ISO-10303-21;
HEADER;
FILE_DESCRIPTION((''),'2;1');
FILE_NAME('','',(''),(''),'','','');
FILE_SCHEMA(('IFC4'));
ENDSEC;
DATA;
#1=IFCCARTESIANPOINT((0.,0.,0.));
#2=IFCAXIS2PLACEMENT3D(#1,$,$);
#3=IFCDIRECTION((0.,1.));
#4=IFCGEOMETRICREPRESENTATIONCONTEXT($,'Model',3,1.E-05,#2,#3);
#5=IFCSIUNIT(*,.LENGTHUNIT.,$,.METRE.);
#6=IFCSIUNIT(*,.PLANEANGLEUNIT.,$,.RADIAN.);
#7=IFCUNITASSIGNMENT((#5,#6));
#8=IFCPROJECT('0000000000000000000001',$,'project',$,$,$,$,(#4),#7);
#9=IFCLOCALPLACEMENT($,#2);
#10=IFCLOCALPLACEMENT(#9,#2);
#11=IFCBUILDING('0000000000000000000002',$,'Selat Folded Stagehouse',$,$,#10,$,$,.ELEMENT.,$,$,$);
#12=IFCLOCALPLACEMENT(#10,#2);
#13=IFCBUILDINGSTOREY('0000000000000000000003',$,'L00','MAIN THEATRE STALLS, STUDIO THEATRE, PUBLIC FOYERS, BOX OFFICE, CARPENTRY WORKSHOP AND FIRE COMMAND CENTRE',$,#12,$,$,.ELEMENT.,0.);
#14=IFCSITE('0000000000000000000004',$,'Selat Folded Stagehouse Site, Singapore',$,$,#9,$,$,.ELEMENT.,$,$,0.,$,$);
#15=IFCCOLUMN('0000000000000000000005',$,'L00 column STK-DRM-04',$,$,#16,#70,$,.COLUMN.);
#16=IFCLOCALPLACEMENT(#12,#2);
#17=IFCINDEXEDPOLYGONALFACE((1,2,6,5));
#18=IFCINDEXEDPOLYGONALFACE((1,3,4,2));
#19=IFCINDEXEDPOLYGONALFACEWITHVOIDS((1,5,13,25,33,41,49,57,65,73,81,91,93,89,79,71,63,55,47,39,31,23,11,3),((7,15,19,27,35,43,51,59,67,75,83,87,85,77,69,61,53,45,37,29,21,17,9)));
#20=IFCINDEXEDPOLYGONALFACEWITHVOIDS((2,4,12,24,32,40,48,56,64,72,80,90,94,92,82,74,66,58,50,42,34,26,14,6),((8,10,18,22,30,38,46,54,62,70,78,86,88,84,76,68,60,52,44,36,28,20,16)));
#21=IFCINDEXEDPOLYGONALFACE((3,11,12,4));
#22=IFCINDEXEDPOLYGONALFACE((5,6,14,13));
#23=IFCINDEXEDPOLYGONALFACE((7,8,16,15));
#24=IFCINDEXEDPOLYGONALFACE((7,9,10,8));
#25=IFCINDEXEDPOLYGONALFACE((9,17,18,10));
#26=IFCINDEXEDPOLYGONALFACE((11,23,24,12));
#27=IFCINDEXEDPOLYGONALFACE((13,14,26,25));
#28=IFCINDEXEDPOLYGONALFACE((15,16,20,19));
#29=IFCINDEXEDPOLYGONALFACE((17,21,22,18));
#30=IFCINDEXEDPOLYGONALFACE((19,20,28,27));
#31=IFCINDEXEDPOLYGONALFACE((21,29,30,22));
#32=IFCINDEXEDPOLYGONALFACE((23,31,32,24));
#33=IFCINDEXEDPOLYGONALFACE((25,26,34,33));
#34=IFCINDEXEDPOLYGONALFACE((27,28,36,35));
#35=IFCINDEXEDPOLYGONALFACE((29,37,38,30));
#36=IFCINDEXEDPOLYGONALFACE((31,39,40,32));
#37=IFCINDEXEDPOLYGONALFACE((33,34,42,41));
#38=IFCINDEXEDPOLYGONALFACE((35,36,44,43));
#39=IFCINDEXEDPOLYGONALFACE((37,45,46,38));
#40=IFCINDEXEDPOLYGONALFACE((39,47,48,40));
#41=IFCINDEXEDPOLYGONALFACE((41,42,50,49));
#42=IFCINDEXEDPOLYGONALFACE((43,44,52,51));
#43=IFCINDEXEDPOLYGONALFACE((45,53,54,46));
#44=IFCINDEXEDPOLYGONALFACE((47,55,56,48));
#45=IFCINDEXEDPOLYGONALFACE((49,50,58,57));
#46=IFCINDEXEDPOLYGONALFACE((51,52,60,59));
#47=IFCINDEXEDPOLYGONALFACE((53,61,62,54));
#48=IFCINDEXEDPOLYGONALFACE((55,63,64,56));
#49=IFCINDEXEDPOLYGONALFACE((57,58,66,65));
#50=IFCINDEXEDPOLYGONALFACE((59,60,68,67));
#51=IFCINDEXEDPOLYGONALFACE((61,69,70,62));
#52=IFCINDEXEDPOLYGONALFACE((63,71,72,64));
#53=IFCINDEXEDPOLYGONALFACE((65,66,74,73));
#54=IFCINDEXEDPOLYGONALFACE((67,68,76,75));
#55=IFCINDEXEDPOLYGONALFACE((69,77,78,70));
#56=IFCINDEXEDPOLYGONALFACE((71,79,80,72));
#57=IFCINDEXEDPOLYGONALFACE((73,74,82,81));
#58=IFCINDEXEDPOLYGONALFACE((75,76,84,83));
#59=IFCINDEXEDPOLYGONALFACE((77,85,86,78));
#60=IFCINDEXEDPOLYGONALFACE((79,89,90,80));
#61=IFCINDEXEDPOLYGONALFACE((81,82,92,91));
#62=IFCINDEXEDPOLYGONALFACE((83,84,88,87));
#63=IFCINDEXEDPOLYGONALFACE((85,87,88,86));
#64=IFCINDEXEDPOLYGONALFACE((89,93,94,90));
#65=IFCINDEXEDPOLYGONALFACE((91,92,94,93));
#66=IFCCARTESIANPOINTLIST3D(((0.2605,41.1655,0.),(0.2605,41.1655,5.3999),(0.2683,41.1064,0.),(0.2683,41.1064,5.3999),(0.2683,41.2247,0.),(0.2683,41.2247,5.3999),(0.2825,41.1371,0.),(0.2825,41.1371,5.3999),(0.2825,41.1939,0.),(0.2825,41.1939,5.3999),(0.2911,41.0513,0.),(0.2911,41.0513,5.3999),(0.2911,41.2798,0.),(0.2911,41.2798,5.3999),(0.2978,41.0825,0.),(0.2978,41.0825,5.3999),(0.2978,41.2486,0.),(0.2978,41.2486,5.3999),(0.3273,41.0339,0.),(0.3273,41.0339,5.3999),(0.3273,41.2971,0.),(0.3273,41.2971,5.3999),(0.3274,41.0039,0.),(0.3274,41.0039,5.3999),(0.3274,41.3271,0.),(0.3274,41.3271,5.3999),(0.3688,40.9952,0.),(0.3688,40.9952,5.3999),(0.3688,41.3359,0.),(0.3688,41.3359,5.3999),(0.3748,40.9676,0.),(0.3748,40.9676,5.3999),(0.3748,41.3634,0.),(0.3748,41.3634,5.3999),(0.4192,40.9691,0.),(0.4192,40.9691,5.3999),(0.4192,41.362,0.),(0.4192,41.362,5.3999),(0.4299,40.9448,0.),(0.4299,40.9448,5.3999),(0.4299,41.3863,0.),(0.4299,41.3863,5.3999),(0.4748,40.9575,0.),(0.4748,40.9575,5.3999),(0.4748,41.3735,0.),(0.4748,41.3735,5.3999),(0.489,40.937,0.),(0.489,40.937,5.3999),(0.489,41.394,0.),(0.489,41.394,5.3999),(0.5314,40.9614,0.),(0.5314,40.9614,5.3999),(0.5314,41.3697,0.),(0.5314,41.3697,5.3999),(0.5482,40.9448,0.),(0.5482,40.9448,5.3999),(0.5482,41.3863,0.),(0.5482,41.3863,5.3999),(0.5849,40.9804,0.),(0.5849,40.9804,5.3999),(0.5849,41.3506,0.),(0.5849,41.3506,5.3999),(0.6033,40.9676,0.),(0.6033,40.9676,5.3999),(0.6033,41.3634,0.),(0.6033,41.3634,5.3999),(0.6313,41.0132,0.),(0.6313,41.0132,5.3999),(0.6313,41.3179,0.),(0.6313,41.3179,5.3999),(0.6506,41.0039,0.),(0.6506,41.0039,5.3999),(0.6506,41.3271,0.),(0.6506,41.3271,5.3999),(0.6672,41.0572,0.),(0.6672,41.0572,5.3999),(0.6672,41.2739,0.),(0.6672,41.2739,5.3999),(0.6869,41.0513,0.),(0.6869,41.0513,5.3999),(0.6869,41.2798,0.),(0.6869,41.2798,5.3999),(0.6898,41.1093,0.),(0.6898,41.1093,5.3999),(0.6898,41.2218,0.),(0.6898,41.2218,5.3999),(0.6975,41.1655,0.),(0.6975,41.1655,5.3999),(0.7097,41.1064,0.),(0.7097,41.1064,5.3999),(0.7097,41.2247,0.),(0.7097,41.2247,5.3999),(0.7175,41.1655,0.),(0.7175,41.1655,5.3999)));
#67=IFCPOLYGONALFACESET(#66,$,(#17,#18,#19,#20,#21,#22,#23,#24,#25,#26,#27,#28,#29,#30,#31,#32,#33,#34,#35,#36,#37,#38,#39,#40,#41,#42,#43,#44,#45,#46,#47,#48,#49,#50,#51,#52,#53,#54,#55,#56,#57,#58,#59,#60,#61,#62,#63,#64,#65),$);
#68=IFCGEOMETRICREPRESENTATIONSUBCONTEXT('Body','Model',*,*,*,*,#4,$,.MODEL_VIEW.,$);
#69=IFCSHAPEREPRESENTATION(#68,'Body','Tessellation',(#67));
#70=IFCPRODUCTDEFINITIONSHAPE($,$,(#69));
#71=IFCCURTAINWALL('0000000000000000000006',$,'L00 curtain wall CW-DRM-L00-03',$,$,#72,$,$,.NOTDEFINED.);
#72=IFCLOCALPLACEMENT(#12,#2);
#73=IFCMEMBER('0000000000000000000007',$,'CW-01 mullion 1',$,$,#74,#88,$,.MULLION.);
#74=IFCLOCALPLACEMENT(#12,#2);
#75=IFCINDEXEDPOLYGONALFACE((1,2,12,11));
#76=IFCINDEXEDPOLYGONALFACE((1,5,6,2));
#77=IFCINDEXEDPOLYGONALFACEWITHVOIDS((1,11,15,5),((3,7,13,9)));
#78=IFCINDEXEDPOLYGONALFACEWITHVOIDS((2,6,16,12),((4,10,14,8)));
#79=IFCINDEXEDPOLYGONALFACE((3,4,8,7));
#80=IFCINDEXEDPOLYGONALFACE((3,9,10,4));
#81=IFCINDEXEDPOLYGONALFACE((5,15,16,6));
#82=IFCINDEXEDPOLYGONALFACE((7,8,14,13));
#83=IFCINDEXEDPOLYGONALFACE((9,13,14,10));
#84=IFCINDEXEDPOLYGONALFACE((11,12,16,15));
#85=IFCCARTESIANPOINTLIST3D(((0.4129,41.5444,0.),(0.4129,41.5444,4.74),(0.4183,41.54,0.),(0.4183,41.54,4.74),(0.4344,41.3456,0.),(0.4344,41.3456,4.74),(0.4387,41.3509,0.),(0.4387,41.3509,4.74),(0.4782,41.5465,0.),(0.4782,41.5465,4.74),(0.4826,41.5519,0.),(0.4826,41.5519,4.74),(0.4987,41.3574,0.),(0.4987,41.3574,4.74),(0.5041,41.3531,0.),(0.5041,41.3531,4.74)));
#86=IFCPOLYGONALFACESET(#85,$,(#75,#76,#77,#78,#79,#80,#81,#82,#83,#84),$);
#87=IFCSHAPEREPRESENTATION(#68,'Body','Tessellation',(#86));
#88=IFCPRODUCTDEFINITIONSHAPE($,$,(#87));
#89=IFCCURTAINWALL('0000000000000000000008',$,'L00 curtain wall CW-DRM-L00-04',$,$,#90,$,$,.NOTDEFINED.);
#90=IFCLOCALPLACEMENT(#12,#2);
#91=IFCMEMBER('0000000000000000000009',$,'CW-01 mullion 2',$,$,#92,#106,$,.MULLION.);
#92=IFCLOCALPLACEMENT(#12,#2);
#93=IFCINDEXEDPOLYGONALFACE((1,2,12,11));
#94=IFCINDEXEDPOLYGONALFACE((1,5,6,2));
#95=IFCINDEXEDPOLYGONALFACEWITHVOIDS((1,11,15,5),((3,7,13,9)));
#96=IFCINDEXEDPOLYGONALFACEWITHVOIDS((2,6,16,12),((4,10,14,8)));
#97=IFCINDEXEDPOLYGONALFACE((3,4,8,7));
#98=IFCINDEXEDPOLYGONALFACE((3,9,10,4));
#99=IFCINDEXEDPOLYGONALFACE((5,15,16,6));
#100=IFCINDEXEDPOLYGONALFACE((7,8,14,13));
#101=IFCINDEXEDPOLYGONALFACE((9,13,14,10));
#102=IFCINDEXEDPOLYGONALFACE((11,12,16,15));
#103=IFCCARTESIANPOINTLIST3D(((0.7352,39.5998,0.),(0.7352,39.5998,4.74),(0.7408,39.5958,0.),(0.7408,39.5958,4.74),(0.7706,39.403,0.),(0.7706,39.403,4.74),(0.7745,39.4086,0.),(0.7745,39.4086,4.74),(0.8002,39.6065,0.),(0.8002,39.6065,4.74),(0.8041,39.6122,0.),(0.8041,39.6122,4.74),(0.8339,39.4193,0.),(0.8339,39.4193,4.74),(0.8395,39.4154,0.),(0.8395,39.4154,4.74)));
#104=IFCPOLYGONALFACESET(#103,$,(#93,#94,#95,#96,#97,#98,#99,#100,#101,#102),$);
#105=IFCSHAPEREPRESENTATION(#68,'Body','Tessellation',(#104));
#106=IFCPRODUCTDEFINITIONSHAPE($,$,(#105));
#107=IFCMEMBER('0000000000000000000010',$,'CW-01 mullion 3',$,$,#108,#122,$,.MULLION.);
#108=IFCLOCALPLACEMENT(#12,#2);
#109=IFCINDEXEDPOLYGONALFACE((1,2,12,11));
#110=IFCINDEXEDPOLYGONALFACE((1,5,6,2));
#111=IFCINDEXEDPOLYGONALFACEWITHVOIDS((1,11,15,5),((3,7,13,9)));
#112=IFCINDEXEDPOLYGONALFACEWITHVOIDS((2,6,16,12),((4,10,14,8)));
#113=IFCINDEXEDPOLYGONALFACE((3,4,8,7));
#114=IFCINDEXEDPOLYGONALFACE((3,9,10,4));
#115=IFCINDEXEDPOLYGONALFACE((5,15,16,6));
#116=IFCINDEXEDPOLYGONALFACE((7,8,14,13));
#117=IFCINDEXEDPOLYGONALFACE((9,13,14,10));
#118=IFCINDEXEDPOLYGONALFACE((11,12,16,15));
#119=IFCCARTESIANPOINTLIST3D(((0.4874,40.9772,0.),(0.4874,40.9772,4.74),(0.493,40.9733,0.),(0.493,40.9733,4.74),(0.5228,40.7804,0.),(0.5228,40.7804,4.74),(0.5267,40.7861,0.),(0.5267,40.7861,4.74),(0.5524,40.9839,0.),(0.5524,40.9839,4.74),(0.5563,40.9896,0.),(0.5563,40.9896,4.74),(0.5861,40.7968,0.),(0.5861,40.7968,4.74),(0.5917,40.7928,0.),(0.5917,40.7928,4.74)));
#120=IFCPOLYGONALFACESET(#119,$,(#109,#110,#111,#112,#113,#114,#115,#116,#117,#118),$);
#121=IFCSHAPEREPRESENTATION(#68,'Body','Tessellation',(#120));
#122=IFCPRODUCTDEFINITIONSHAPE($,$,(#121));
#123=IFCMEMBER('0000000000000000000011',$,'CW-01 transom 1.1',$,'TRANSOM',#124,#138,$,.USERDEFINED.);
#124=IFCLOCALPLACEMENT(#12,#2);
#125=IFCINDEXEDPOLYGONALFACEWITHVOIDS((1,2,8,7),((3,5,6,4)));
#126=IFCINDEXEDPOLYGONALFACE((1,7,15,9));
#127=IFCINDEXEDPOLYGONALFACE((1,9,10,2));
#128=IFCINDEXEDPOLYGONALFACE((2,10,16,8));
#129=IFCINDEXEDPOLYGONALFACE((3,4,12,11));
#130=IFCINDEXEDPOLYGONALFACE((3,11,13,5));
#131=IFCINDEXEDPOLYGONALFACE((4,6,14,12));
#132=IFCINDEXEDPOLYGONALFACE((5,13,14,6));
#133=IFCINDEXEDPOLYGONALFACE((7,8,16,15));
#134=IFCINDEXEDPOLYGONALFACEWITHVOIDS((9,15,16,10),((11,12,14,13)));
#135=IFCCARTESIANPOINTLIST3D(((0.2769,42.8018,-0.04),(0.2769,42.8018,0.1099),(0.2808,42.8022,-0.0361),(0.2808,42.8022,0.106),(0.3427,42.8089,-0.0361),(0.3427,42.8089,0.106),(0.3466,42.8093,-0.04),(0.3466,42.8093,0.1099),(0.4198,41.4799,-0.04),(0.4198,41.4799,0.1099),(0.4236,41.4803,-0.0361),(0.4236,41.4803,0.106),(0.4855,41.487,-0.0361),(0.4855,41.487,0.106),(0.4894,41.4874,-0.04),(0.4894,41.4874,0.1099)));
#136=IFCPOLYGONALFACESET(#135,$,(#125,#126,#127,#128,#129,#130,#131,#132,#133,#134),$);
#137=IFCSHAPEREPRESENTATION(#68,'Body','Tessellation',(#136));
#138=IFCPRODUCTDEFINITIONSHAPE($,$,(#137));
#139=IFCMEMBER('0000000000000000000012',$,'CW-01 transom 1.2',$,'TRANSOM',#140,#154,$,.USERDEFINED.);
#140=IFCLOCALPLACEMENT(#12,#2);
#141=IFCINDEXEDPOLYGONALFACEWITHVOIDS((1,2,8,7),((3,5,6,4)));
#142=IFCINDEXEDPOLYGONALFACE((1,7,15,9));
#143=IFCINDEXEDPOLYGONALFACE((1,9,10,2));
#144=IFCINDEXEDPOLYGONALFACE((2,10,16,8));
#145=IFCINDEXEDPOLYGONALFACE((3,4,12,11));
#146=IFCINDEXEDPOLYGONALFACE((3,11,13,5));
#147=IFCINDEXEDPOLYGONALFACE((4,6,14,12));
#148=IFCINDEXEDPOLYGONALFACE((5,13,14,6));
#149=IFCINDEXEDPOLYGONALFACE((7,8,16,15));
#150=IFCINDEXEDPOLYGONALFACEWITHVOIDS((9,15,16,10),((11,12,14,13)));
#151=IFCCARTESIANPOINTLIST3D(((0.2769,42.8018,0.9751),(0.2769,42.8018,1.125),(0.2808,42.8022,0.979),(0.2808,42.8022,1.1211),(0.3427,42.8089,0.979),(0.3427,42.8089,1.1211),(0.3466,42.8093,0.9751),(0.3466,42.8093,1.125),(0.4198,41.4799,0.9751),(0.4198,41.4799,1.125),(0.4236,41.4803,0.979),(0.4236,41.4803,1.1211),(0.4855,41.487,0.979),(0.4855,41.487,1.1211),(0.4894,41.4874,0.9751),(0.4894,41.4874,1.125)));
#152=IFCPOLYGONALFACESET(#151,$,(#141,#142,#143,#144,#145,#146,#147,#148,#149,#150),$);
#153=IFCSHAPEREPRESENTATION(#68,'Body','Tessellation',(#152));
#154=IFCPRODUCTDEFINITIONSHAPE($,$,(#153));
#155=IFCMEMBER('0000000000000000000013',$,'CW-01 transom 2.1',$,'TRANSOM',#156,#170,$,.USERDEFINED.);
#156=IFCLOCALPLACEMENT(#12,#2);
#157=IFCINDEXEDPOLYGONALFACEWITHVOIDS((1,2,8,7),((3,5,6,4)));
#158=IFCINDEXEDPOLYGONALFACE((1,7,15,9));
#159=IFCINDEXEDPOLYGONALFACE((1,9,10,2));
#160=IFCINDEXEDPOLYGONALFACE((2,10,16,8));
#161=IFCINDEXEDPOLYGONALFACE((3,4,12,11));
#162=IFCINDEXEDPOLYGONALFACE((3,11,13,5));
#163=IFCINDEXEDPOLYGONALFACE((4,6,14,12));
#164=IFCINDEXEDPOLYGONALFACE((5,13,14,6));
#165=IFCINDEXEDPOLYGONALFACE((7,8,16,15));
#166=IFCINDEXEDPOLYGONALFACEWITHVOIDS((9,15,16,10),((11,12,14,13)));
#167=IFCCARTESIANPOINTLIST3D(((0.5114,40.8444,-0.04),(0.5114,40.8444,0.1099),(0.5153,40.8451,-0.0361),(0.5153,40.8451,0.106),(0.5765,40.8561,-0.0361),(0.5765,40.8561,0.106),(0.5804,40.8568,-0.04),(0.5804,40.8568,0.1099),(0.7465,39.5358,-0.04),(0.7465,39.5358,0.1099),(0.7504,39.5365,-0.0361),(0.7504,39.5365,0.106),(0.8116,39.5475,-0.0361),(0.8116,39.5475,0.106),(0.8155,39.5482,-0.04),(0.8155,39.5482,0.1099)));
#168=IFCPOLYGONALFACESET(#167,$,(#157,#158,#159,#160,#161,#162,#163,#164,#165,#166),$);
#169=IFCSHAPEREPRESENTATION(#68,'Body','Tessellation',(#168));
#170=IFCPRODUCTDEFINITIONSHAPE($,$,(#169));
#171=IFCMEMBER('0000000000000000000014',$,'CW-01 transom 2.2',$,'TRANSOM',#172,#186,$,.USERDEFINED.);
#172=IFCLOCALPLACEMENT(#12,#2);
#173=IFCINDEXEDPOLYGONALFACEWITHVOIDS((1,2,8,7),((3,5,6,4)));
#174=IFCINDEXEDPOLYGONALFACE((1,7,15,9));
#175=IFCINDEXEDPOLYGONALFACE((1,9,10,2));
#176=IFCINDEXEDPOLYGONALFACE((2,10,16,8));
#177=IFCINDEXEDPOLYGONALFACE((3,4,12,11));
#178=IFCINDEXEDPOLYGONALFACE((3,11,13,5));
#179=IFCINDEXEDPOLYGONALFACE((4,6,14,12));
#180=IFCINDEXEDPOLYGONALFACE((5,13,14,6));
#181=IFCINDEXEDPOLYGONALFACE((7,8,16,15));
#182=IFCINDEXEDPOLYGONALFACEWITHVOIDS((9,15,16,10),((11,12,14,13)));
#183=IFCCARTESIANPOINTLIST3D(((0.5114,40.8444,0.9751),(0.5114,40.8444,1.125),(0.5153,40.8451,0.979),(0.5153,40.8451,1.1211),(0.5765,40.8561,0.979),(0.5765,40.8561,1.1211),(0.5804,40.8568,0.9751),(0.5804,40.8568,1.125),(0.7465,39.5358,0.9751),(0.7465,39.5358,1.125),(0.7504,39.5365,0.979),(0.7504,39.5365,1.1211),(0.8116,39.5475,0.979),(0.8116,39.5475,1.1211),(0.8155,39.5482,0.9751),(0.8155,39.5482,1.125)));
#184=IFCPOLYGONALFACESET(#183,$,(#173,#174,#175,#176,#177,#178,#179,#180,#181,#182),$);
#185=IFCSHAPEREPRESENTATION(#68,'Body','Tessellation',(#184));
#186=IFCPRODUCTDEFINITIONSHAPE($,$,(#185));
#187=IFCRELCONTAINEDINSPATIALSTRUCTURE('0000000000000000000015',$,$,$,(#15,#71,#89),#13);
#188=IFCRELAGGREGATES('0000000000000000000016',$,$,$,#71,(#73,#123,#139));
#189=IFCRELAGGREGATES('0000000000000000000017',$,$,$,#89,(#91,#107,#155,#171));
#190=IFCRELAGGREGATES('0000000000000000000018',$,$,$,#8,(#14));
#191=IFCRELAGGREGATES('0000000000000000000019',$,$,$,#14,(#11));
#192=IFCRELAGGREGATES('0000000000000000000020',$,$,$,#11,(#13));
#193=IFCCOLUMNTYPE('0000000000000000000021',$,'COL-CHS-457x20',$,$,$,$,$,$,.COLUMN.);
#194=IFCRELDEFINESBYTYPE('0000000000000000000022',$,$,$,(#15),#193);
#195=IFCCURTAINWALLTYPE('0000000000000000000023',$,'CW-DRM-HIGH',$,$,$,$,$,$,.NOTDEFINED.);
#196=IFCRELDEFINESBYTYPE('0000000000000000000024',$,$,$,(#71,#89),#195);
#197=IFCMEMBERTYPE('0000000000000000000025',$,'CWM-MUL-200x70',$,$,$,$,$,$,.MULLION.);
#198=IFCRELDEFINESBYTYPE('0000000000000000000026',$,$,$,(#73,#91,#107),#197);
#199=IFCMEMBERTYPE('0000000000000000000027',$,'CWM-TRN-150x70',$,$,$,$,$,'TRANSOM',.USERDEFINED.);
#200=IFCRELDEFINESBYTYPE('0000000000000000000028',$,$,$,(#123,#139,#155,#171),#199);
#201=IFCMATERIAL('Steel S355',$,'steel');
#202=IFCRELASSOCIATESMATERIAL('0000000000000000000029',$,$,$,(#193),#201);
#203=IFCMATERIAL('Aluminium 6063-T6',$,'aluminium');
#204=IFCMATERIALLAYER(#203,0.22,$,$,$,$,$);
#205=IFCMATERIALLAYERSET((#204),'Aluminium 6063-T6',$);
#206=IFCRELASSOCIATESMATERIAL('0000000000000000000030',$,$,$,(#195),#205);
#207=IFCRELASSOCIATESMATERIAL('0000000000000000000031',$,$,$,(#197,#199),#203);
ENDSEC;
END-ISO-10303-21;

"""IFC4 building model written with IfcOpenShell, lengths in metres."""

from ifc_helpers import new_model, si_unit, direction, frame, origin, origin_2d, place, context, subcontext, project, spatial, hollow_rectangle, hollow_circle, extrude, material, layer, layer_set, material_profile, profile_set, type_object, element, aggregate, save


model = new_model("IFC4")

# Units and contexts
model_context = context("Model", 3, precision=1e-05, world=origin(), true_north=direction((0.0, 1.0)))
body_context = subcontext(model_context, "Body", "Model", "MODEL_VIEW")
ifc_project = project(units=[si_unit("LENGTHUNIT", "METRE"), si_unit("PLANEANGLEUNIT", "RADIAN")], contexts=[model_context])

# Site, building, storey
site_placement = place(None, origin())
site = spatial("IfcSite", under=ifc_project, at=site_placement, Name="Selat Folded Stagehouse Site, Singapore", CompositionType="ELEMENT", RefElevation=0.0)
building_placement = place(site_placement, origin())
building = spatial("IfcBuilding", under=site, at=building_placement, Name="Selat Folded Stagehouse", CompositionType="ELEMENT")
storey_placement = place(building_placement, origin())
storey = spatial("IfcBuildingStorey", under=building, at=storey_placement, Name="L00", Description="MAIN THEATRE STALLS, STUDIO THEATRE, PUBLIC FOYERS, BOX OFFICE, CARPENTRY WORKSHOP AND FIRE COMMAND CENTRE", CompositionType="ELEMENT", Elevation=0.0)

# Column
ifc_material_1 = material(Name="Steel S355", Category="steel")
ifc_material_profile_1 = material_profile(ifc_material_1, hollow_circle(Radius=0.2285, WallThickness=0.02, at=origin_2d()), Name="CHS 457.0x20.0")
ifc_profile_set_1 = profile_set([ifc_material_profile_1], Name="Steel S355")
column_type = type_object("IfcColumnType", Name="COL-CHS-457x20", PredefinedType="COLUMN", material=ifc_profile_set_1)
column_placement = place(storey_placement, frame((0.489, 41.1655, 0.0), z_axis=(0.0, 0.0, 1.0), x_axis=(1.0, 0.0, 0.0)))
element("IfcColumn", 1, at=column_placement, inside=storey, type_object=column_type, Name="L00 column STK-DRM-04", PredefinedType="COLUMN", context=body_context, shape_type="SweptSolid", body=[
    extrude(hollow_circle(Radius=0.2285, WallThickness=0.02, at=origin_2d()), origin(), (0.0, 0.0, 1.0), 5.3999),
])

# Curtain wall, member
ifc_material_2 = material(Name="Aluminium 6063-T6", Category="aluminium")
ifc_layer_1 = layer(ifc_material_2, 0.22)
ifc_layer_set_1 = layer_set([ifc_layer_1], Name="Aluminium 6063-T6")
curtain_wall_type = type_object("IfcCurtainWallType", Name="CW-DRM-HIGH", PredefinedType="NOTDEFINED", material=ifc_layer_set_1)
curtain_wall_1_placement = place(storey_placement, origin())
curtain_wall_1 = element("IfcCurtainWall", 2, at=curtain_wall_1_placement, inside=storey, type_object=curtain_wall_type, Name="L00 curtain wall CW-DRM-L00-03", PredefinedType="NOTDEFINED")
ifc_material_profile_2 = material_profile(ifc_material_2, hollow_rectangle(XDim=0.0701, YDim=0.2, WallThickness=0.0049, at=origin_2d()), Name="ALU 200x70x5.0")
ifc_profile_set_2 = profile_set([ifc_material_profile_2], Name="Aluminium 6063-T6")
member_type_1 = type_object("IfcMemberType", Name="CWM-MUL-200x70", PredefinedType="MULLION", material=ifc_profile_set_2)
member_1_placement = place(storey_placement, frame((0.4585, 41.4487, 0.0), z_axis=(0.0, 0.0, 1.0), x_axis=(-0.994199, -0.107558, 0.0)))
member_1 = element("IfcMember", 3, at=member_1_placement, type_object=member_type_1, Name="CW-01 mullion 1", PredefinedType="MULLION", context=body_context, shape_type="SweptSolid", body=[
    extrude(hollow_rectangle(XDim=0.0701, YDim=0.2, WallThickness=0.0049, at=origin_2d()), origin(), (0.0, 0.0, 1.0), 4.74),
])

# Curtain wall, members
curtain_wall_2_placement = place(storey_placement, origin())
curtain_wall_2 = element("IfcCurtainWall", 4, at=curtain_wall_2_placement, inside=storey, type_object=curtain_wall_type, Name="L00 curtain wall CW-DRM-L00-04", PredefinedType="NOTDEFINED")
member_2_placement = place(storey_placement, frame((0.7874, 39.5076, 0.0), z_axis=(0.0, 0.0, 1.0), x_axis=(-0.984211, -0.177002, 0.0)))
member_2 = element("IfcMember", 5, at=member_2_placement, type_object=member_type_1, Name="CW-01 mullion 2", PredefinedType="MULLION", context=body_context, shape_type="SweptSolid", body=[
    extrude(hollow_rectangle(XDim=0.0701, YDim=0.2, WallThickness=0.0049, at=origin_2d()), origin(), (0.0, 0.0, 1.0), 4.74),
])
member_3_placement = place(storey_placement, frame((0.5396, 40.885, 0.0), z_axis=(0.0, 0.0, 1.0), x_axis=(-0.984211, -0.177002, 0.0)))
member_3 = element("IfcMember", 6, at=member_3_placement, type_object=member_type_1, Name="CW-01 mullion 3", PredefinedType="MULLION", context=body_context, shape_type="SweptSolid", body=[
    extrude(hollow_rectangle(XDim=0.0701, YDim=0.2, WallThickness=0.0049, at=origin_2d()), origin(), (0.0, 0.0, 1.0), 4.74),
])

# Members
ifc_material_profile_3 = material_profile(ifc_material_2, hollow_rectangle(XDim=0.0701, YDim=0.1499, WallThickness=0.0039, at=origin_2d()), Name="ALU 150x70x4.0")
ifc_profile_set_3 = profile_set([ifc_material_profile_3], Name="Aluminium 6063-T6")
member_type_2 = type_object("IfcMemberType", Name="CWM-TRN-150x70", ElementType="TRANSOM", PredefinedType="USERDEFINED", material=ifc_profile_set_3)
member_4_placement = place(storey_placement, frame((0.4546, 41.4836, 0.0349), z_axis=(-0.107428, 0.994213, 0.0), x_axis=(-0.994213, -0.107428, 0.0)))
member_4 = element("IfcMember", 7, at=member_4_placement, type_object=member_type_2, Name="CW-01 transom 1.1", ObjectType="TRANSOM", PredefinedType="USERDEFINED", context=body_context, shape_type="SweptSolid", body=[
    extrude(hollow_rectangle(XDim=0.0701, YDim=0.1499, WallThickness=0.0039, at=origin_2d()), origin(), (0.0, 0.0, 1.0), 1.3296),
])
member_5_placement = place(storey_placement, frame((0.4546, 41.4836, 1.05), z_axis=(-0.107428, 0.994213, 0.0), x_axis=(-0.994213, -0.107428, 0.0)))
member_5 = element("IfcMember", 8, at=member_5_placement, type_object=member_type_2, Name="CW-01 transom 1.2", ObjectType="TRANSOM", PredefinedType="USERDEFINED", context=body_context, shape_type="SweptSolid", body=[
    extrude(hollow_rectangle(XDim=0.0701, YDim=0.1499, WallThickness=0.0039, at=origin_2d()), origin(), (0.0, 0.0, 1.0), 1.3296),
])
aggregate(curtain_wall_1, [member_1, member_4, member_5])
member_6_placement = place(storey_placement, frame((0.781, 39.542, 0.0349), z_axis=(-0.176833, 0.984241, 0.0), x_axis=(-0.984241, -0.176833, 0.0)))
member_6 = element("IfcMember", 9, at=member_6_placement, type_object=member_type_2, Name="CW-01 transom 2.1", ObjectType="TRANSOM", PredefinedType="USERDEFINED", context=body_context, shape_type="SweptSolid", body=[
    extrude(hollow_rectangle(XDim=0.0701, YDim=0.1499, WallThickness=0.0039, at=origin_2d()), origin(), (0.0, 0.0, 1.0), 1.3296),
])
member_7_placement = place(storey_placement, frame((0.781, 39.542, 1.05), z_axis=(-0.176833, 0.984241, 0.0), x_axis=(-0.984241, -0.176833, 0.0)))
member_7 = element("IfcMember", 10, at=member_7_placement, type_object=member_type_2, Name="CW-01 transom 2.2", ObjectType="TRANSOM", PredefinedType="USERDEFINED", context=body_context, shape_type="SweptSolid", body=[
    extrude(hollow_rectangle(XDim=0.0701, YDim=0.1499, WallThickness=0.0039, at=origin_2d()), origin(), (0.0, 0.0, 1.0), 1.3296),
])

aggregate(curtain_wall_2, [member_2, member_3, member_6, member_7])

save(model, "model.ifc")
